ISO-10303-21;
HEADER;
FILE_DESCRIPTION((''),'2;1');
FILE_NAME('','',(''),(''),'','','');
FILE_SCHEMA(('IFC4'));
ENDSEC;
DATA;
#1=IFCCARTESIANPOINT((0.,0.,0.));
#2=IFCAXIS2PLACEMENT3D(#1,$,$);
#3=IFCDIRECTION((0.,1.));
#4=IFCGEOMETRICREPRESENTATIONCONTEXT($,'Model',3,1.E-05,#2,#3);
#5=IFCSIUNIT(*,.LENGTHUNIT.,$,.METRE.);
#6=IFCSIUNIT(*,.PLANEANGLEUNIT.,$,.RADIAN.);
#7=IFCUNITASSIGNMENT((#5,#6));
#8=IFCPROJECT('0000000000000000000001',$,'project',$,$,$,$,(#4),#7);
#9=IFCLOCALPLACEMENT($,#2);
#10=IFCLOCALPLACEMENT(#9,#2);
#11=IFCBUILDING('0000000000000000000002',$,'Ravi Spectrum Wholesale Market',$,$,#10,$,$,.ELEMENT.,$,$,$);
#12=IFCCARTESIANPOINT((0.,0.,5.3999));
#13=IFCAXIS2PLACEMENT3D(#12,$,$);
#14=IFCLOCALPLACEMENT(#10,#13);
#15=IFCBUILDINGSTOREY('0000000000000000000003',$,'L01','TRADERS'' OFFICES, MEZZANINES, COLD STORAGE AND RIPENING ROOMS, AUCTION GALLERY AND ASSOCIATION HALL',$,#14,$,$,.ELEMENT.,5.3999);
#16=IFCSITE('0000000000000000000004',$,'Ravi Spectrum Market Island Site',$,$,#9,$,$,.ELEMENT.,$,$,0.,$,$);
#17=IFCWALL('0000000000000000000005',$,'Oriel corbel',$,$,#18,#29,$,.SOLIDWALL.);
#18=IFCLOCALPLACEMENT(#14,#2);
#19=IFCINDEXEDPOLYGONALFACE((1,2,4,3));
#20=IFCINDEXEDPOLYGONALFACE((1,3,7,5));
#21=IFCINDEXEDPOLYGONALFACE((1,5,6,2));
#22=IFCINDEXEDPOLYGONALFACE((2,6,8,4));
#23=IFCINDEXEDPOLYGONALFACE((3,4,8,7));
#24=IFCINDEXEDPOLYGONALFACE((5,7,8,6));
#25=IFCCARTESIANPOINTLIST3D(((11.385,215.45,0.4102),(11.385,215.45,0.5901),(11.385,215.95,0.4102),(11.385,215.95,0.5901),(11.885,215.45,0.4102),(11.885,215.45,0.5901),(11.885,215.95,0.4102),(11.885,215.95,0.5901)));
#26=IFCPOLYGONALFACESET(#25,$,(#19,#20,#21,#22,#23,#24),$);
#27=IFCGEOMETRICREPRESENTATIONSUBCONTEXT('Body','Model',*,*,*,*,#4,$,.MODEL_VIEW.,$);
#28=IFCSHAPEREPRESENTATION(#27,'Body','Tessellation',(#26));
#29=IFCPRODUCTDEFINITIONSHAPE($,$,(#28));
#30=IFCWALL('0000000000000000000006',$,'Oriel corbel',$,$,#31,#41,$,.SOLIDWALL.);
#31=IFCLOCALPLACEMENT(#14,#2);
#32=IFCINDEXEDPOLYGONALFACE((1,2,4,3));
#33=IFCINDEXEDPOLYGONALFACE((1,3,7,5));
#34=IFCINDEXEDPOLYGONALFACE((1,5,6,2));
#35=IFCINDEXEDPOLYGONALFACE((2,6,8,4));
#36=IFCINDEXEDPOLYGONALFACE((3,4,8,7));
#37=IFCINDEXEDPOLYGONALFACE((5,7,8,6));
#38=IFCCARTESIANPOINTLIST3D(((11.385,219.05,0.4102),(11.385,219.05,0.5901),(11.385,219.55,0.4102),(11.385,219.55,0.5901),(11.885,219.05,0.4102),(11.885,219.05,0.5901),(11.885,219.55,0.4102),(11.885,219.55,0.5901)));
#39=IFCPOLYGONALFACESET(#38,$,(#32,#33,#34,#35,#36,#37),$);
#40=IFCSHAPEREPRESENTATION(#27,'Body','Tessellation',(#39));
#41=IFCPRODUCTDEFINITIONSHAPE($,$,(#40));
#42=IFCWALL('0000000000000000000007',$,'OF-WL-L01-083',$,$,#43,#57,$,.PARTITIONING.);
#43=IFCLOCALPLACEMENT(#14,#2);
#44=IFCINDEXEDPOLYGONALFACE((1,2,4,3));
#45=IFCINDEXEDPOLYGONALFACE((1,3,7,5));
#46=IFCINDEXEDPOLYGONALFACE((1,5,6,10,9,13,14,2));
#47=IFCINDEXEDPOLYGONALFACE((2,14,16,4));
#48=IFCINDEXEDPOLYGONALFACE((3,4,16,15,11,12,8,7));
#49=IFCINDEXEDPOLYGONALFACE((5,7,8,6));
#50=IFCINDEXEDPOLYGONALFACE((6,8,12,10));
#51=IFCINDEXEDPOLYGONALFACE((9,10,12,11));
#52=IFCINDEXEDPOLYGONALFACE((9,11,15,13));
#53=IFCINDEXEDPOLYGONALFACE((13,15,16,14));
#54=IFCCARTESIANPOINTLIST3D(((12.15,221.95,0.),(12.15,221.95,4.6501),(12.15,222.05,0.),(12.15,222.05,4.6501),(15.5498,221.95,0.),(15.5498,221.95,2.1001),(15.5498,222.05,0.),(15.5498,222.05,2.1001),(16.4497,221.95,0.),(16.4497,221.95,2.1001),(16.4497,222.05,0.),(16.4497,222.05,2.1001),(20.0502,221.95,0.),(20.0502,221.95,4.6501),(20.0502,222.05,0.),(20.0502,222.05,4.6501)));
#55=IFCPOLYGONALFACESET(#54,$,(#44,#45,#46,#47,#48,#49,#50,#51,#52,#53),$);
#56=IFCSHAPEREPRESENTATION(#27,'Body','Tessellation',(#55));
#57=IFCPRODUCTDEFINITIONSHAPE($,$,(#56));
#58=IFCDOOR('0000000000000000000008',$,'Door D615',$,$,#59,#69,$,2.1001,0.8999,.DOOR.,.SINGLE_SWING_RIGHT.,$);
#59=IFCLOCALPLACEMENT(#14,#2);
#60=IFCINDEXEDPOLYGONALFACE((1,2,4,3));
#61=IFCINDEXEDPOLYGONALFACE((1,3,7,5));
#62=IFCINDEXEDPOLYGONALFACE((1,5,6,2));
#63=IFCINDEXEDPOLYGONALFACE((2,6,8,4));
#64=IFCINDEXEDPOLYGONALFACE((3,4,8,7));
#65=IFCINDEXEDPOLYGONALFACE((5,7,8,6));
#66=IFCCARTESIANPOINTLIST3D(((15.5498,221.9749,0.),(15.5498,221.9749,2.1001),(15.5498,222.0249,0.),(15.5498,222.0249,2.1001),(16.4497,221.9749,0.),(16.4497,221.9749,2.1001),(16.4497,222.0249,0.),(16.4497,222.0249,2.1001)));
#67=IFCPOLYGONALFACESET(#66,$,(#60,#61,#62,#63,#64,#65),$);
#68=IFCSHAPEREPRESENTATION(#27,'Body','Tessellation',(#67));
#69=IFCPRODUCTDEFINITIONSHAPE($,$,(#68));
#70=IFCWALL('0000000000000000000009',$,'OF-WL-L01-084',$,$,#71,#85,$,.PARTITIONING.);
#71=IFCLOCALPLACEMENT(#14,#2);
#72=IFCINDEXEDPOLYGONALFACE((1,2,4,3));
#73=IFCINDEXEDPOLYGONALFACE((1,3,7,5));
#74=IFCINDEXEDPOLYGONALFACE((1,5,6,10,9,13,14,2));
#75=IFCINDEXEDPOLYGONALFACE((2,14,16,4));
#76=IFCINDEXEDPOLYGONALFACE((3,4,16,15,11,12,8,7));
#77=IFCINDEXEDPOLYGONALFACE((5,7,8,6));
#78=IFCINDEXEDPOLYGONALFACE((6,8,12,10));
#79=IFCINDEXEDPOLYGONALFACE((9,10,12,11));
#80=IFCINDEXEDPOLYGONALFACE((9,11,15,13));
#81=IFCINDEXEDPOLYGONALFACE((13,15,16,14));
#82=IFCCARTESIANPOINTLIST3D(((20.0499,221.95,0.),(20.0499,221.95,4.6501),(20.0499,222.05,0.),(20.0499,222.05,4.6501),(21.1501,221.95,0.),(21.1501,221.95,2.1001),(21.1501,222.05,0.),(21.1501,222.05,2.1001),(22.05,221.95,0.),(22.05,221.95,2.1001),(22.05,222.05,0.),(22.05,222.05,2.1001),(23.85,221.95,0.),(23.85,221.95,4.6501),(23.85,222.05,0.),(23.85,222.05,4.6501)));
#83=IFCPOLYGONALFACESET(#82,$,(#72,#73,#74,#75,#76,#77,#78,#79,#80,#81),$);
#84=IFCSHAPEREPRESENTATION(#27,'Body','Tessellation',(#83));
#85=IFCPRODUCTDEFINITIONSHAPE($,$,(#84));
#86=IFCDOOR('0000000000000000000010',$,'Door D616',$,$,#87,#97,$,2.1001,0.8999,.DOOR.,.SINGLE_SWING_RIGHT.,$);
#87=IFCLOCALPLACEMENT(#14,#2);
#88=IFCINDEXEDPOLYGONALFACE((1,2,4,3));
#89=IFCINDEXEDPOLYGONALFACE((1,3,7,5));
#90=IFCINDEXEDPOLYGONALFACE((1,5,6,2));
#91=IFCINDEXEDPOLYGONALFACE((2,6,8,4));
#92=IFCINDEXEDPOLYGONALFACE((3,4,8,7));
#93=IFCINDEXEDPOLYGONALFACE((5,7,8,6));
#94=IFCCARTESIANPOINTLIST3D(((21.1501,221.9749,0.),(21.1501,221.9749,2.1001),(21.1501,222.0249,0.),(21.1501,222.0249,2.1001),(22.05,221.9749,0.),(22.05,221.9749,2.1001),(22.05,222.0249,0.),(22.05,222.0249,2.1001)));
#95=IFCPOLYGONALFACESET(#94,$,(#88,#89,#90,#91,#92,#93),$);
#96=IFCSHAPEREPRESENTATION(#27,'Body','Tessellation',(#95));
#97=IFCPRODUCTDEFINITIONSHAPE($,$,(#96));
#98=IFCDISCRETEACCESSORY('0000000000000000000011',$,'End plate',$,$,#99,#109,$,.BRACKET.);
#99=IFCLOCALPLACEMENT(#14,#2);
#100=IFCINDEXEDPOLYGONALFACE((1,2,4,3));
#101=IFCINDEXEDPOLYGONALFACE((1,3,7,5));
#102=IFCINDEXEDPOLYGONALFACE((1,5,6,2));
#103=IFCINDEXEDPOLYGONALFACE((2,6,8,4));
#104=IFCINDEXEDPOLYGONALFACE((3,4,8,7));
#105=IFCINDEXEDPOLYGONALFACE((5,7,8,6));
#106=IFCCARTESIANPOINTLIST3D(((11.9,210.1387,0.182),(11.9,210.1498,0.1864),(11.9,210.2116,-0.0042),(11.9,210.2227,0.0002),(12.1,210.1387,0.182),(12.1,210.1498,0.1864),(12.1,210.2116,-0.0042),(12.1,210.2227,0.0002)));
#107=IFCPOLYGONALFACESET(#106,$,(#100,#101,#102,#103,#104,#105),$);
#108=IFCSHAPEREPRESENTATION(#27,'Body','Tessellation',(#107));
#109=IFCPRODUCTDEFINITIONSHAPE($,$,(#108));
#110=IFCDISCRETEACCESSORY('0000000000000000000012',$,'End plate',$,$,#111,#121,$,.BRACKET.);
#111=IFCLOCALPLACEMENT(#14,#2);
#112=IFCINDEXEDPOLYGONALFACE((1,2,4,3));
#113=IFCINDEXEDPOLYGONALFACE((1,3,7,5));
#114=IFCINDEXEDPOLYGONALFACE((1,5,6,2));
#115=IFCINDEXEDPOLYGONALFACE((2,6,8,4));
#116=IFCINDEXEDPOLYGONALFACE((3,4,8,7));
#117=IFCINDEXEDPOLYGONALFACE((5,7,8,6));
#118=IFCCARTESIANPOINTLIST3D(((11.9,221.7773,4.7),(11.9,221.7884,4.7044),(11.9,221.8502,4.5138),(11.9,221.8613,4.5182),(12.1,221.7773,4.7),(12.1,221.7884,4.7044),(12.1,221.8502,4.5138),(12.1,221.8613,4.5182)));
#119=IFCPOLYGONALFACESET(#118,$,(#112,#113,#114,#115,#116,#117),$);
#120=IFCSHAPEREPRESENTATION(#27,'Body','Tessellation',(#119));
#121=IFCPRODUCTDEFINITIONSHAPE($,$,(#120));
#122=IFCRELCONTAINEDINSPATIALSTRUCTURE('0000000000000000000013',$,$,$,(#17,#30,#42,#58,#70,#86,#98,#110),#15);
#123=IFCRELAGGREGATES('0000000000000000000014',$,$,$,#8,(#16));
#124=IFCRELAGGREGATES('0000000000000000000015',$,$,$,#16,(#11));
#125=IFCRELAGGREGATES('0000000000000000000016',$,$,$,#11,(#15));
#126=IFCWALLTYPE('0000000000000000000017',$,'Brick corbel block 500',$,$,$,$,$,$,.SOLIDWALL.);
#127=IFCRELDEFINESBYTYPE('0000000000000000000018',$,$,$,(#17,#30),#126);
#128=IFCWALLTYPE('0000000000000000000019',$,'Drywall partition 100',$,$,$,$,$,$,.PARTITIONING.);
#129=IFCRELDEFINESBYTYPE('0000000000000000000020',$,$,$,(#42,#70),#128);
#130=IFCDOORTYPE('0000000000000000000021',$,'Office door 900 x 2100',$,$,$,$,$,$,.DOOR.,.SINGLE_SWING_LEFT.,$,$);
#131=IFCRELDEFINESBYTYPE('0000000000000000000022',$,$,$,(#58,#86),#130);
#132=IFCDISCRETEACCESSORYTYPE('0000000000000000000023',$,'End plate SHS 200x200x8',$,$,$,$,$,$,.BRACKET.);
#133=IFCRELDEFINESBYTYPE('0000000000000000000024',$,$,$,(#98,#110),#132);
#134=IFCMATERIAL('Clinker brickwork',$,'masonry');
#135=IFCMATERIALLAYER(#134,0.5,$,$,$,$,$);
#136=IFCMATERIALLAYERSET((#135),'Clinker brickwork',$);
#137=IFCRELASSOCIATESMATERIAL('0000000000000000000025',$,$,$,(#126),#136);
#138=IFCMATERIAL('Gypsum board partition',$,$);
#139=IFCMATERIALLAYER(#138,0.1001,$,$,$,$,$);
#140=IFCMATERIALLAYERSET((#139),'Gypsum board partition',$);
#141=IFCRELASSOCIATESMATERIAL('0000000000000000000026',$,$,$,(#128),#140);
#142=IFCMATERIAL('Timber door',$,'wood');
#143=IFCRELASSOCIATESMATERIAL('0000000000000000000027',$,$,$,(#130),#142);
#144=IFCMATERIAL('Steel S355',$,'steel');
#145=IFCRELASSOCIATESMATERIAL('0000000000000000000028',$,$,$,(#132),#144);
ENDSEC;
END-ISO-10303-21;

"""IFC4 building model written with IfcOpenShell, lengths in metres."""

from ifc_helpers import new_model, si_unit, direction, frame, frame_2d, origin, origin_2d, place, context, subcontext, project, spatial, rectangle, extrude, material, layer, layer_set, material_profile, profile_set, type_object, element, fill, save


model = new_model("IFC4")

# Units and contexts
model_context = context("Model", 3, precision=1e-05, world=origin(), true_north=direction((0.0, 1.0)))
body_context = subcontext(model_context, "Body", "Model", "MODEL_VIEW")
ifc_project = project(units=[si_unit("LENGTHUNIT", "METRE"), si_unit("PLANEANGLEUNIT", "RADIAN")], contexts=[model_context])

# Site, building, storey
site_placement = place(None, origin())
site = spatial("IfcSite", under=ifc_project, at=site_placement, Name="Ravi Spectrum Market Island Site", CompositionType="ELEMENT", RefElevation=0.0)
building_placement = place(site_placement, origin())
building = spatial("IfcBuilding", under=site, at=building_placement, Name="Ravi Spectrum Wholesale Market", CompositionType="ELEMENT")
storey_placement = place(building_placement, frame((0.0, 0.0, 5.3999)))
storey = spatial("IfcBuildingStorey", under=building, at=storey_placement, Name="L01", Description="TRADERS' OFFICES, MEZZANINES, COLD STORAGE AND RIPENING ROOMS, AUCTION GALLERY AND ASSOCIATION HALL", CompositionType="ELEMENT", Elevation=5.3999)

# Walls
ifc_material_1 = material(Name="Clinker brickwork", Category="masonry")
ifc_layer_1 = layer(ifc_material_1, 0.5)
ifc_layer_set_1 = layer_set([ifc_layer_1], Name="Clinker brickwork")
wall_type_1 = type_object("IfcWallType", Name="Brick corbel block 500", PredefinedType="SOLIDWALL", material=ifc_layer_set_1)
for number, where, z_axis, x_axis, name in (
    (1, (11.635, 215.45, 0.4102), (0.0, 0.0, 1.0), (0.0, 1.0, 0.0), "Oriel corbel"),
    (2, (11.635, 219.05, 0.4102), (0.0, 0.0, 1.0), (0.0, 1.0, 0.0), "Oriel corbel"),
):
    element("IfcWall", number, at=place(storey_placement, frame(where, z_axis=z_axis, x_axis=x_axis)), inside=storey, type_object=wall_type_1, Name=name, PredefinedType="SOLIDWALL", context=body_context, shape_type="SweptSolid", body=[
        extrude(rectangle(XDim=0.5, YDim=0.5, at=frame_2d((0.25, 0.0))), origin(), (0.0, 0.0, 1.0), 0.1799),
    ])

# Walls, openings, doors
ifc_material_2 = material(Name="Gypsum board partition")
ifc_layer_2 = layer(ifc_material_2, 0.1001)
ifc_layer_set_2 = layer_set([ifc_layer_2], Name="Gypsum board partition")
wall_type_2 = type_object("IfcWallType", Name="Drywall partition 100", PredefinedType="PARTITIONING", material=ifc_layer_set_2)
wall_1_placement = place(storey_placement, frame((12.1499, 222.0, 0.0), z_axis=(0.0, 0.0, 1.0), x_axis=(1.0, 0.0, 0.0)))
wall_1 = element("IfcWall", 3, at=wall_1_placement, inside=storey, type_object=wall_type_2, Name="OF-WL-L01-083", PredefinedType="PARTITIONING", context=body_context, shape_type="SweptSolid", body=[
    extrude(rectangle(XDim=7.9001, YDim=0.1001, at=frame_2d((3.9502, 0.0))), origin(), (0.0, 0.0, 1.0), 4.6501),
])
opening_1_placement = place(wall_1_placement, frame((3.3999, 0.0, 0.0)))
opening_1 = element("IfcOpeningElement", 4, at=opening_1_placement, cuts=wall_1, PredefinedType="OPENING", context=body_context, shape_type="SweptSolid", body=[
    extrude(rectangle(XDim=0.8999, YDim=2.1001, at=frame_2d((0.45, 1.05))), frame((0.0, 0.0601, 0.0), z_axis=(0.0, -1.0, 0.0), x_axis=(1.0, 0.0, 0.0)), (0.0, 0.0, 1.0), 0.1201),
])
ifc_material_3 = material(Name="Timber door", Category="wood")
door_type = type_object("IfcDoorType", Name="Office door 900 x 2100", OperationType="SINGLE_SWING_LEFT", PredefinedType="DOOR", material=ifc_material_3)
door_1_placement = place(opening_1_placement, origin())
door_1 = element("IfcDoor", 5, at=door_1_placement, inside=storey, type_object=door_type, Name="Door D615", OperationType="SINGLE_SWING_RIGHT", OverallHeight=2.1001, OverallWidth=0.8999, PredefinedType="DOOR", context=body_context, shape_type="SweptSolid", body=[
    extrude(rectangle(XDim=0.8999, YDim=2.1001, at=frame_2d((0.45, 1.05))), frame((0.0, 0.0249, 0.0), z_axis=(0.0, -1.0, 0.0), x_axis=(1.0, 0.0, 0.0)), (0.0, 0.0, 1.0), 0.05),
])
fill(opening_1, door_1)
wall_2_placement = place(storey_placement, frame((20.05, 222.0, 0.0), z_axis=(0.0, 0.0, 1.0), x_axis=(1.0, 0.0, 0.0)))
wall_2 = element("IfcWall", 6, at=wall_2_placement, inside=storey, type_object=wall_type_2, Name="OF-WL-L01-084", PredefinedType="PARTITIONING", context=body_context, shape_type="SweptSolid", body=[
    extrude(rectangle(XDim=3.8, YDim=0.1001, at=frame_2d((1.8999, 0.0))), origin(), (0.0, 0.0, 1.0), 4.6501),
])
opening_2_placement = place(wall_2_placement, frame((1.1001, 0.0, 0.0)))
opening_2 = element("IfcOpeningElement", 7, at=opening_2_placement, cuts=wall_2, PredefinedType="OPENING", context=body_context, shape_type="SweptSolid", body=[
    extrude(rectangle(XDim=0.8999, YDim=2.1001, at=frame_2d((0.45, 1.05))), frame((0.0, 0.0601, 0.0), z_axis=(0.0, -1.0, 0.0), x_axis=(1.0, 0.0, 0.0)), (0.0, 0.0, 1.0), 0.1201),
])
door_2_placement = place(opening_2_placement, origin())
door_2 = element("IfcDoor", 8, at=door_2_placement, inside=storey, type_object=door_type, Name="Door D616", OperationType="SINGLE_SWING_RIGHT", OverallHeight=2.1001, OverallWidth=0.8999, PredefinedType="DOOR", context=body_context, shape_type="SweptSolid", body=[
    extrude(rectangle(XDim=0.8999, YDim=2.1001, at=frame_2d((0.45, 1.05))), frame((0.0, 0.0249, 0.0), z_axis=(0.0, -1.0, 0.0), x_axis=(1.0, 0.0, 0.0)), (0.0, 0.0, 1.0), 0.05),
])
fill(opening_2, door_2)

# Discrete accessories
ifc_material_4 = material(Name="Steel S355", Category="steel")
ifc_material_profile_1 = material_profile(ifc_material_4, rectangle(XDim=0.2, YDim=0.2, at=origin_2d()))
ifc_profile_set_1 = profile_set([ifc_material_profile_1], Name="Steel S355")
discrete_accessory_type = type_object("IfcDiscreteAccessoryType", Name="End plate SHS 200x200x8", PredefinedType="BRACKET", material=ifc_profile_set_1)
for number, where, z_axis, x_axis, name in (
    (9, (12.0, 210.1863, 0.0933), (0.0, -0.931243, -0.364399), (1.0, 0.0, 0.0), "End plate"),
    (10, (12.0, 221.8137, 4.6069), (0.0, 0.931243, 0.364399), (-1.0, 0.0, 0.0), "End plate"),
):
    element("IfcDiscreteAccessory", number, at=place(storey_placement, frame(where, z_axis=z_axis, x_axis=x_axis)), inside=storey, type_object=discrete_accessory_type, Name=name, PredefinedType="BRACKET", context=body_context, shape_type="SweptSolid", body=[
        extrude(rectangle(XDim=0.2, YDim=0.2, at=origin_2d()), origin(), (0.0, 0.0, 1.0), 0.012),
    ])

save(model, "model.ifc")
